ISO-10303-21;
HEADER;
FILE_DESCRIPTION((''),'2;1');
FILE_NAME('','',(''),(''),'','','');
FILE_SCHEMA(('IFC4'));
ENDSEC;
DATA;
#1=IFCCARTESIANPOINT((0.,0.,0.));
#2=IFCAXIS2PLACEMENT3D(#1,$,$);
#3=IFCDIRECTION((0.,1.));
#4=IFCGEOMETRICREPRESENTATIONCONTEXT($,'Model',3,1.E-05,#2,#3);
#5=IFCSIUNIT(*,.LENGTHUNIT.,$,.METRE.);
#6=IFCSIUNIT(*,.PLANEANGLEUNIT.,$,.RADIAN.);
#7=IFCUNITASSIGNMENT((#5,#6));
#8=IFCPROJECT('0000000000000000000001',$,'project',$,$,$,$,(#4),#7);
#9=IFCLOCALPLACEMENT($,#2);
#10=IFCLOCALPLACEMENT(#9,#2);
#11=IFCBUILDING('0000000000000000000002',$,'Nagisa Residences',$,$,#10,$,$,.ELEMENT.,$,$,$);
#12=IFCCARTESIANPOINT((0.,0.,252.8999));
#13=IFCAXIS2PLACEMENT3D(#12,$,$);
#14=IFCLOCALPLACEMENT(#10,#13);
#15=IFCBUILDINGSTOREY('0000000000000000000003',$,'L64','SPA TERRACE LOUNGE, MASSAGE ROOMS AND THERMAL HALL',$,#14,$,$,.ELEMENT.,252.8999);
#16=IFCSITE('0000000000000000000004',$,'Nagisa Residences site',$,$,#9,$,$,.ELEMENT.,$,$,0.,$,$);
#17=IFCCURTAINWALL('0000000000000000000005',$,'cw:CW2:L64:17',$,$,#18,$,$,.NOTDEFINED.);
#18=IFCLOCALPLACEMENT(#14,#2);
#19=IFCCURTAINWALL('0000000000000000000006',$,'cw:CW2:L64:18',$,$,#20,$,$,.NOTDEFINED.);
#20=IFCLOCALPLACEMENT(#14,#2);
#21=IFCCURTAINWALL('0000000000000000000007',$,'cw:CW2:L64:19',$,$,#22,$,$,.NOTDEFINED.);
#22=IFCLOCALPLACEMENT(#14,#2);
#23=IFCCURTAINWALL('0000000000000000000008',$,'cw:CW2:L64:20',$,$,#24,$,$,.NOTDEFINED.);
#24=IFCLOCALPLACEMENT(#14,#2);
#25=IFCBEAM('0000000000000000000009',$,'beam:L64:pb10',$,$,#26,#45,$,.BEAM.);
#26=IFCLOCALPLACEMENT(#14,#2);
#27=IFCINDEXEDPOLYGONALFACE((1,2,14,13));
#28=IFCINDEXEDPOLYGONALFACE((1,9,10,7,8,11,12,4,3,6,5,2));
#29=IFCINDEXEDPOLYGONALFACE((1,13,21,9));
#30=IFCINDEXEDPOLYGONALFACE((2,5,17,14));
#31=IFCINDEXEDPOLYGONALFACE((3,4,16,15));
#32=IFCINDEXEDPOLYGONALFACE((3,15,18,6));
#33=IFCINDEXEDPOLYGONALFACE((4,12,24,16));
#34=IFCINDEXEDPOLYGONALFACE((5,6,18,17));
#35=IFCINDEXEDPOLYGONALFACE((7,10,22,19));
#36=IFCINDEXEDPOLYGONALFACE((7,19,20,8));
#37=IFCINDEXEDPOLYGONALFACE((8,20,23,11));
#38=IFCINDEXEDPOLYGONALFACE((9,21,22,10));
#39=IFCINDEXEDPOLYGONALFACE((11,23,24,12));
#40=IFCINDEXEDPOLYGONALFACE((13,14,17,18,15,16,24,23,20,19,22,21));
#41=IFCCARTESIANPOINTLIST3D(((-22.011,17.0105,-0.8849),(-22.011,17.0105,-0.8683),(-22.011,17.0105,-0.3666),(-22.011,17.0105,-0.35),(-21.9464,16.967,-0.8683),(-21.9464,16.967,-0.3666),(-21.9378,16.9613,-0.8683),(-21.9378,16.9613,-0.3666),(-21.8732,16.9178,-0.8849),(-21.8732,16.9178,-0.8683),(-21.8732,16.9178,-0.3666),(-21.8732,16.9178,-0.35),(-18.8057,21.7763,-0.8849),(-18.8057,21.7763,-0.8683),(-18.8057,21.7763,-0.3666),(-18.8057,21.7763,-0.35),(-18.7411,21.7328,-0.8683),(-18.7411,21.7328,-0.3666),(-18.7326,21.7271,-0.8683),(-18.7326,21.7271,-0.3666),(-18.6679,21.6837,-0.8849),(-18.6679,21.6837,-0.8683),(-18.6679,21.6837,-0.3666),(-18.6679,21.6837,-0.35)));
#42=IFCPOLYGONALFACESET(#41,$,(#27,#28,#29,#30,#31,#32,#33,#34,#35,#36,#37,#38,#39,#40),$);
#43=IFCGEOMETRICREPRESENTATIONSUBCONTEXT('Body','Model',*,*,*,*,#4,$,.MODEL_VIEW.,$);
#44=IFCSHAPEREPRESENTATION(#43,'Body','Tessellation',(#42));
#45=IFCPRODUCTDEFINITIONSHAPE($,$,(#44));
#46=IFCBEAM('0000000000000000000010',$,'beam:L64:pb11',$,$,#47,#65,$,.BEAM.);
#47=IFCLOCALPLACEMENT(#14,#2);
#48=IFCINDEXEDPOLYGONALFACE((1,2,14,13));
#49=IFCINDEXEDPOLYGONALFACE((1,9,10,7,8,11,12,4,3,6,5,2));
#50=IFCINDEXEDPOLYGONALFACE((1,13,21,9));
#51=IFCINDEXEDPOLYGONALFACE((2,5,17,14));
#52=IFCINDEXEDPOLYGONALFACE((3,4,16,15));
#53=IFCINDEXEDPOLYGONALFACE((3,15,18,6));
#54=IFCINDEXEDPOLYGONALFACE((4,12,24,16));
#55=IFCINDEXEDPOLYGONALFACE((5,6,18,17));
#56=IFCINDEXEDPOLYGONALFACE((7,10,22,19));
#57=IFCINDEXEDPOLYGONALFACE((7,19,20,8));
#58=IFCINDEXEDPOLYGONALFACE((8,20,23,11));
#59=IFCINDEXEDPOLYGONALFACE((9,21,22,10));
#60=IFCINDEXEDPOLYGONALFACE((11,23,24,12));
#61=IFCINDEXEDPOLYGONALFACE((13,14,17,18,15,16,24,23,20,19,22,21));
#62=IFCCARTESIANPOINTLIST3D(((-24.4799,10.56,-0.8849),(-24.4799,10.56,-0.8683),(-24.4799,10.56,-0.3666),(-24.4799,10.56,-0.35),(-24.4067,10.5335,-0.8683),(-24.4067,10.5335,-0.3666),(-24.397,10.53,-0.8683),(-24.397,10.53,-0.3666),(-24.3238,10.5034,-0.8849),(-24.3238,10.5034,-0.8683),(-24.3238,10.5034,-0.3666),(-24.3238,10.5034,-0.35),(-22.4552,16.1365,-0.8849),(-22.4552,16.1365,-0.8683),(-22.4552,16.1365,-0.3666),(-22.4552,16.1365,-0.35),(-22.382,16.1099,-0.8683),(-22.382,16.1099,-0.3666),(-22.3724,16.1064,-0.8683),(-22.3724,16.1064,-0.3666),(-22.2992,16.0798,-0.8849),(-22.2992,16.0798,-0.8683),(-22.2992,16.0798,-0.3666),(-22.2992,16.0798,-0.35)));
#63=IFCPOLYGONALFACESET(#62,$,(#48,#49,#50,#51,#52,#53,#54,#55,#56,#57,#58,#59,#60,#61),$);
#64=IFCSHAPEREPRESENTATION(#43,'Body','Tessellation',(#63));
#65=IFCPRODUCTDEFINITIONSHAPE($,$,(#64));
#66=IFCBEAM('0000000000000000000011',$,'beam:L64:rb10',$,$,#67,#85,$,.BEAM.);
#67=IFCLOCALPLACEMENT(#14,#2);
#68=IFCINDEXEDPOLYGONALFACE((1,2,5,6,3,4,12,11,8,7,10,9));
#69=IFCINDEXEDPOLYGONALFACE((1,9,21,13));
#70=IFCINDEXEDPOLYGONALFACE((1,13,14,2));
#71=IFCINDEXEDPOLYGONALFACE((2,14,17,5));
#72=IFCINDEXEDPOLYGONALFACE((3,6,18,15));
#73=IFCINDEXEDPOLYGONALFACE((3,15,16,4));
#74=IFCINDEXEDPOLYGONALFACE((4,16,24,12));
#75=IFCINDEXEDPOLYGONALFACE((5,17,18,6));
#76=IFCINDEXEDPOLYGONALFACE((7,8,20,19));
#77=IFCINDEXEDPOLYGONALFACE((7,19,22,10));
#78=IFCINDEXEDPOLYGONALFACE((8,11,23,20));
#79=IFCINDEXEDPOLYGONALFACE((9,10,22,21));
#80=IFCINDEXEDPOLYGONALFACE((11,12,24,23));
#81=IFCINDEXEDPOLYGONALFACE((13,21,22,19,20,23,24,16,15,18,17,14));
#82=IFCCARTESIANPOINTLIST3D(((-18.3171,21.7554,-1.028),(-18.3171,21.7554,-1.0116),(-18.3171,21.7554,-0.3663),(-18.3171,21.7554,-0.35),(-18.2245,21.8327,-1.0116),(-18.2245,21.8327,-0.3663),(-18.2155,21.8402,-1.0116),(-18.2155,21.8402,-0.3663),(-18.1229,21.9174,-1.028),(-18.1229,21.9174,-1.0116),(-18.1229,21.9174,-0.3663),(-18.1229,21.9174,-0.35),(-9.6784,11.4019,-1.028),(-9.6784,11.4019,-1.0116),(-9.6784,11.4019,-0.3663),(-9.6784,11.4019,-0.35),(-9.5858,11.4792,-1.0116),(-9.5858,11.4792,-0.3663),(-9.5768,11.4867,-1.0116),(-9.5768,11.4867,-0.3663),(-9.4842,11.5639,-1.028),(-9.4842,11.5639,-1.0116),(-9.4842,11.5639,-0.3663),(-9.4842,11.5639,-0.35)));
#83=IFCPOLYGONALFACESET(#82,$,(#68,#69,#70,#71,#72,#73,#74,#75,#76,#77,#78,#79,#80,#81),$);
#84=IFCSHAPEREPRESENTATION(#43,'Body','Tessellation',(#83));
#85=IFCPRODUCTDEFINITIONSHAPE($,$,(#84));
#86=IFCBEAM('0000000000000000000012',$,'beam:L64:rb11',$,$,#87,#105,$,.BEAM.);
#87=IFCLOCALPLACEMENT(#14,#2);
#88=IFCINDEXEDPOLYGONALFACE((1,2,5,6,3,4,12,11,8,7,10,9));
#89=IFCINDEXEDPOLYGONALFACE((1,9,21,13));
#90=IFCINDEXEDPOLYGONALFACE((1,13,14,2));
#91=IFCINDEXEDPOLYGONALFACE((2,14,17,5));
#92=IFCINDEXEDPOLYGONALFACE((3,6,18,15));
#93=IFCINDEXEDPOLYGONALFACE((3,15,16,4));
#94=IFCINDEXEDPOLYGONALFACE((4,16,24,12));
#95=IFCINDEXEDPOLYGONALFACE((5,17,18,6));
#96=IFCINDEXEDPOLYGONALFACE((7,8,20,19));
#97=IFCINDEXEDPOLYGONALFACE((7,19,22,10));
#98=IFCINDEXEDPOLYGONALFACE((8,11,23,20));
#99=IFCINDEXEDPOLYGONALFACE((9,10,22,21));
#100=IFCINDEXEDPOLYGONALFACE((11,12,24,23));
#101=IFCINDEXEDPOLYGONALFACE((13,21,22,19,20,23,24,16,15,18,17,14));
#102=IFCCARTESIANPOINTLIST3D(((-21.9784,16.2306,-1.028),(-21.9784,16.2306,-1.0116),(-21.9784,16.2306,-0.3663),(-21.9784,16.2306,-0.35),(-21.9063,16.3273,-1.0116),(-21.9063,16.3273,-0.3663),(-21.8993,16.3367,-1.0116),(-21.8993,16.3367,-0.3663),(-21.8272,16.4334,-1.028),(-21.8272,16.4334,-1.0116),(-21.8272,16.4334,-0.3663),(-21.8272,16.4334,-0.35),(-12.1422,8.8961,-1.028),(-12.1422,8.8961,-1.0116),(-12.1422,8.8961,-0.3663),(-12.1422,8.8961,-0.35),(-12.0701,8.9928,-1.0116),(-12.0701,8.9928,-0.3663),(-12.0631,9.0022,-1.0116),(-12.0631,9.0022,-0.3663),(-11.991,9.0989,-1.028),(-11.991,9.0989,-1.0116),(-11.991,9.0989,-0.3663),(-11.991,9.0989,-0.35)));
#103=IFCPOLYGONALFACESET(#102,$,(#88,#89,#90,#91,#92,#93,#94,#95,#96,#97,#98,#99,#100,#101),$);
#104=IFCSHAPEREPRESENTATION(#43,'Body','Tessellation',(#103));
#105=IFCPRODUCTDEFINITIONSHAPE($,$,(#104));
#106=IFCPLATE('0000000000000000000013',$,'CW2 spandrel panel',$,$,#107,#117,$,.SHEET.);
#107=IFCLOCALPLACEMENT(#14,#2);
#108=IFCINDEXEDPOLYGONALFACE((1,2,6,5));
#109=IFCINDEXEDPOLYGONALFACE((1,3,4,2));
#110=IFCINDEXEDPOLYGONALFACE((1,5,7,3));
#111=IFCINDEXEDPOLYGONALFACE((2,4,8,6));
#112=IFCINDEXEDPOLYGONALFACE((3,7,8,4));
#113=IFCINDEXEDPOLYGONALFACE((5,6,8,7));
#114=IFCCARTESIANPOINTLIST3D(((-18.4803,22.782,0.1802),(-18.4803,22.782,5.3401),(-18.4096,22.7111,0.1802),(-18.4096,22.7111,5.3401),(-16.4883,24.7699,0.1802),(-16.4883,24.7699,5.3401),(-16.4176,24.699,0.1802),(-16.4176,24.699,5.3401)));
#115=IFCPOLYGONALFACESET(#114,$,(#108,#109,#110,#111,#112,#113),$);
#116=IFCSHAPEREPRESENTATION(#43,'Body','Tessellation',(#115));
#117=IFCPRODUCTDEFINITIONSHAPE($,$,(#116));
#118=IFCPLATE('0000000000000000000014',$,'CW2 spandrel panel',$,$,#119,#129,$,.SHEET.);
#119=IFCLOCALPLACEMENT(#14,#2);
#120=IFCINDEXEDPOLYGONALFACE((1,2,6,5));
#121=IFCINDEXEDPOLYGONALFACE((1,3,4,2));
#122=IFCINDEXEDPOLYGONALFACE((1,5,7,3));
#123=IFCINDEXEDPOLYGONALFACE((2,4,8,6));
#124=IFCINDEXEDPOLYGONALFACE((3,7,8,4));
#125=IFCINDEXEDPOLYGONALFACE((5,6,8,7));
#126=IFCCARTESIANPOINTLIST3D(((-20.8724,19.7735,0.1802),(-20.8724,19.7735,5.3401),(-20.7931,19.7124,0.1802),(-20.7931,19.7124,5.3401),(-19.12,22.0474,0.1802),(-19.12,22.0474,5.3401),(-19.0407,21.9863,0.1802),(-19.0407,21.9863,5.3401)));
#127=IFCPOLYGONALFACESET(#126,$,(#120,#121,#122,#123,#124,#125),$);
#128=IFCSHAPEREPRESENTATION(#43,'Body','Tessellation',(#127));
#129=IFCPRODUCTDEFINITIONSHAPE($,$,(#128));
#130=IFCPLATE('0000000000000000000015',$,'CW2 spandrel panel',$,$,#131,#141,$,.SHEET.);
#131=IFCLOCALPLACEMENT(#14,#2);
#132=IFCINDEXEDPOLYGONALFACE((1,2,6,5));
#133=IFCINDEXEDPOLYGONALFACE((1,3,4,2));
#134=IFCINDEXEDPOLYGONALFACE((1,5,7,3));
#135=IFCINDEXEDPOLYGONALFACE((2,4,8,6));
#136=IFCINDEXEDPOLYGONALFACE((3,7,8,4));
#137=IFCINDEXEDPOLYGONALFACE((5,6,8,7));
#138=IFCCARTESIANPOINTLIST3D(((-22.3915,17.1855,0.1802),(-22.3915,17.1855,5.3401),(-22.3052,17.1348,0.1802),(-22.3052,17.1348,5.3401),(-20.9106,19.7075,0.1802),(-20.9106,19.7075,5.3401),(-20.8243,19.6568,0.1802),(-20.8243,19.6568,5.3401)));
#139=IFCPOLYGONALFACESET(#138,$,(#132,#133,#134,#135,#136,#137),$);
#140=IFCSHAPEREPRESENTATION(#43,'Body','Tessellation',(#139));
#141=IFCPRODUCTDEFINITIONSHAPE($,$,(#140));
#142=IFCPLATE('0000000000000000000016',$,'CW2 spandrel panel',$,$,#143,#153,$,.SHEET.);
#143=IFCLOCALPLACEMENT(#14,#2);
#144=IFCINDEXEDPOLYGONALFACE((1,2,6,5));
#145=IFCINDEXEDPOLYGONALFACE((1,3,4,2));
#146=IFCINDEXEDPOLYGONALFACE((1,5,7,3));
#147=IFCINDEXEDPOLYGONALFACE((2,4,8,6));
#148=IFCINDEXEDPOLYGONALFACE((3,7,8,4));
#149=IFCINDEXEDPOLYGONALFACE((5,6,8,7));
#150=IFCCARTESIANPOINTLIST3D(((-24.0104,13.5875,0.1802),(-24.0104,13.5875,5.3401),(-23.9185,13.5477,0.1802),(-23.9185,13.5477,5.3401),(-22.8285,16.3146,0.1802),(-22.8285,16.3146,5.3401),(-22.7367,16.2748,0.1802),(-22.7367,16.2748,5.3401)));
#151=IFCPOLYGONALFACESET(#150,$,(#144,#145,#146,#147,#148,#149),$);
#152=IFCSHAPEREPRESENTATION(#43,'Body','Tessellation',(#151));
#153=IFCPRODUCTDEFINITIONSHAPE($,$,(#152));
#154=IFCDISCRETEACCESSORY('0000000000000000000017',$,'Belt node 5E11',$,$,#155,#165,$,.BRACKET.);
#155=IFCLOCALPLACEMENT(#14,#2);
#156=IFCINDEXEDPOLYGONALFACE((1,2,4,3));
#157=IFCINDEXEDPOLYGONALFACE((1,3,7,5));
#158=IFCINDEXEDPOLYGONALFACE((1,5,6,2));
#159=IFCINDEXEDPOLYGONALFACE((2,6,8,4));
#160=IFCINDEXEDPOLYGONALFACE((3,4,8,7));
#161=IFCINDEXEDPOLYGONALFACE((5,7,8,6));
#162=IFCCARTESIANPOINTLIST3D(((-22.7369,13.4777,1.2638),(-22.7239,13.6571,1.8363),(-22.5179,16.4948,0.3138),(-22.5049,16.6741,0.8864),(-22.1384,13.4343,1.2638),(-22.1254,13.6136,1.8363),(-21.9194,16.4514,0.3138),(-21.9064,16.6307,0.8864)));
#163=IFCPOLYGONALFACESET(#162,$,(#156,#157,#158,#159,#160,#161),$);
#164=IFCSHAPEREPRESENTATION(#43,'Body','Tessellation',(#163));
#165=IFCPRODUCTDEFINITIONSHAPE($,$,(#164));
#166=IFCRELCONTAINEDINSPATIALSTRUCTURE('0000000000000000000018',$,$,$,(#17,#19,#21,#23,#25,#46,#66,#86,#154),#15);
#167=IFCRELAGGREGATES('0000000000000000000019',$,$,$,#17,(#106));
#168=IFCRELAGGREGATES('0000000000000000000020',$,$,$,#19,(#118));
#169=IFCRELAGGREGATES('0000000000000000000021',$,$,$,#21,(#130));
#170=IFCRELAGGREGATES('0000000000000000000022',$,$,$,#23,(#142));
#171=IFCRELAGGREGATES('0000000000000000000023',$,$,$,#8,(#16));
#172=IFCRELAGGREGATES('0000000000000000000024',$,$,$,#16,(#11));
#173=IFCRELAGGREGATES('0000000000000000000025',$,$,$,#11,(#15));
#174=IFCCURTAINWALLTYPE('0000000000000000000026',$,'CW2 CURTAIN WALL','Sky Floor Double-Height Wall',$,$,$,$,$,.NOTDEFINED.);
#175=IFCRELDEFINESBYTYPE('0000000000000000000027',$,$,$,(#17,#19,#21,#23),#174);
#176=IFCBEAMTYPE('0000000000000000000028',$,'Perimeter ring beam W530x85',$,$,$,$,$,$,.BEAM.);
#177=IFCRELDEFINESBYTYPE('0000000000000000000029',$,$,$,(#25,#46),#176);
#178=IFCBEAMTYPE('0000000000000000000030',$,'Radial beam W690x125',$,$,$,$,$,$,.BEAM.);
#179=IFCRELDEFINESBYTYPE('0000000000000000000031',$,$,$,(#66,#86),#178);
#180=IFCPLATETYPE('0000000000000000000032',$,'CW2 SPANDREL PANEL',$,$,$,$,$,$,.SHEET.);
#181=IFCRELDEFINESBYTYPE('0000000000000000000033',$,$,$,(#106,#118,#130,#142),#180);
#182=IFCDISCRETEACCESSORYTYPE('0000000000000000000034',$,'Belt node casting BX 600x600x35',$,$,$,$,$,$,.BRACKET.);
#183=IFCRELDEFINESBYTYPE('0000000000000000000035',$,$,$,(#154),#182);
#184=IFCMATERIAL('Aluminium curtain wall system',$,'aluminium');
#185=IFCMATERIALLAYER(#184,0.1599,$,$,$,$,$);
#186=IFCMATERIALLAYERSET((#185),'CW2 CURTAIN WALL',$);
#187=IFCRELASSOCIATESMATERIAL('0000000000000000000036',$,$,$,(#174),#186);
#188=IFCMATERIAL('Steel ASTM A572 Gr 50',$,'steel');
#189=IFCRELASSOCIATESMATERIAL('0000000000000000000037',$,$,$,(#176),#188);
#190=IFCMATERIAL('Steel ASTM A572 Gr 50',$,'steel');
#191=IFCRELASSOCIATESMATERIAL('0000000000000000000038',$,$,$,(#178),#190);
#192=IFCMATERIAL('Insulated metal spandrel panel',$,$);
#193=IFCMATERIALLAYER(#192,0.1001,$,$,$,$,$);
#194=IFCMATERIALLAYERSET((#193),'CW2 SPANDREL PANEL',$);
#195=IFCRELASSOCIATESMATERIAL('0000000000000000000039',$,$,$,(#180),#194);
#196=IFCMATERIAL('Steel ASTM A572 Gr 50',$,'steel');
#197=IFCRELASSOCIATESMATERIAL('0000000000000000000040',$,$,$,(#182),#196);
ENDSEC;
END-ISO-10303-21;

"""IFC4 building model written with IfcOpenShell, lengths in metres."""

from ifc_helpers import new_model, si_unit, direction, frame, origin, origin_2d, place, context, subcontext, project, spatial, rectangle, i_section, extrude, material, layer, layer_set, material_profile, profile_set, type_object, element, aggregate, save


model = new_model("IFC4")

# Units and contexts
model_context = context("Model", 3, precision=1e-05, world=origin(), true_north=direction((0.0, 1.0)))
body_context = subcontext(model_context, "Body", "Model", "MODEL_VIEW")
ifc_project = project(units=[si_unit("LENGTHUNIT", "METRE"), si_unit("PLANEANGLEUNIT", "RADIAN")], contexts=[model_context])

# Site, building, storey
site_placement = place(None, origin())
site = spatial("IfcSite", under=ifc_project, at=site_placement, Name="Nagisa Residences site", CompositionType="ELEMENT", RefElevation=0.0)
building_placement = place(site_placement, origin())
building = spatial("IfcBuilding", under=site, at=building_placement, Name="Nagisa Residences", CompositionType="ELEMENT")
storey_placement = place(building_placement, frame((0.0, 0.0, 252.8999)))
storey = spatial("IfcBuildingStorey", under=building, at=storey_placement, Name="L64", Description="SPA TERRACE LOUNGE, MASSAGE ROOMS AND THERMAL HALL", CompositionType="ELEMENT", Elevation=252.8999)

# Curtain walls
ifc_material_1 = material(Name="Aluminium curtain wall system", Category="aluminium")
ifc_layer_1 = layer(ifc_material_1, 0.1599)
ifc_layer_set_1 = layer_set([ifc_layer_1], Name="CW2 CURTAIN WALL")
curtain_wall_type = type_object("IfcCurtainWallType", Name="CW2 CURTAIN WALL", Description="Sky Floor Double-Height Wall", PredefinedType="NOTDEFINED", material=ifc_layer_set_1)
curtain_wall_1_placement = place(storey_placement, origin())
curtain_wall_1 = element("IfcCurtainWall", 1, at=curtain_wall_1_placement, inside=storey, type_object=curtain_wall_type, Name="cw:CW2:L64:17", PredefinedType="NOTDEFINED")
curtain_wall_2_placement = place(storey_placement, origin())
curtain_wall_2 = element("IfcCurtainWall", 2, at=curtain_wall_2_placement, inside=storey, type_object=curtain_wall_type, Name="cw:CW2:L64:18", PredefinedType="NOTDEFINED")
curtain_wall_3_placement = place(storey_placement, origin())
curtain_wall_3 = element("IfcCurtainWall", 3, at=curtain_wall_3_placement, inside=storey, type_object=curtain_wall_type, Name="cw:CW2:L64:19", PredefinedType="NOTDEFINED")
curtain_wall_4_placement = place(storey_placement, origin())
curtain_wall_4 = element("IfcCurtainWall", 4, at=curtain_wall_4_placement, inside=storey, type_object=curtain_wall_type, Name="cw:CW2:L64:20", PredefinedType="NOTDEFINED")

# Beams
ifc_material_2 = material(Name="Steel ASTM A572 Gr 50", Category="steel")
ifc_material_profile_1 = material_profile(ifc_material_2, i_section(OverallWidth=0.166, OverallDepth=0.5349, WebThickness=0.0103, FlangeThickness=0.0166, at=origin_2d()), Name="W530x85")
ifc_profile_set_1 = profile_set([ifc_material_profile_1], Name="Steel ASTM A572 Gr 50")
beam_type_1 = type_object("IfcBeamType", Name="Perimeter ring beam W530x85", PredefinedType="BEAM", material=ifc_profile_set_1)
beam_1_placement = place(storey_placement, frame((-18.7368, 21.73, -0.6174), z_axis=(-0.55808, -0.829787, 0.0), x_axis=(0.829787, -0.55808, 0.0)))
element("IfcBeam", 5, at=beam_1_placement, inside=storey, type_object=beam_type_1, Name="beam:L64:pb10", PredefinedType="BEAM", context=body_context, shape_type="SweptSolid", body=[
    extrude(i_section(OverallWidth=0.166, OverallDepth=0.5349, WebThickness=0.0103, FlangeThickness=0.0166, at=origin_2d()), origin(), (0.0, 0.0, 1.0), 5.7434),
])
beam_2_placement = place(storey_placement, frame((-22.3772, 16.1082, -0.6174), z_axis=(-0.341277, -0.939963, 0.0), x_axis=(0.939963, -0.341277, 0.0)))
element("IfcBeam", 6, at=beam_2_placement, inside=storey, type_object=beam_type_1, Name="beam:L64:pb11", PredefinedType="BEAM", context=body_context, shape_type="SweptSolid", body=[
    extrude(i_section(OverallWidth=0.166, OverallDepth=0.5349, WebThickness=0.0103, FlangeThickness=0.0166, at=origin_2d()), origin(), (0.0, 0.0, 1.0), 5.9326),
])
ifc_material_3 = material(Name="Steel ASTM A572 Gr 50", Category="steel")
ifc_material_profile_2 = material_profile(ifc_material_3, i_section(OverallWidth=0.2529, OverallDepth=0.678, WebThickness=0.0117, FlangeThickness=0.0164, at=origin_2d()), Name="W690x125")
ifc_profile_set_2 = profile_set([ifc_material_profile_2], Name="Steel ASTM A572 Gr 50")
beam_type_2 = type_object("IfcBeamType", Name="Radial beam W690x125", PredefinedType="BEAM", material=ifc_profile_set_2)
beam_3_placement = place(storey_placement, frame((-18.22, 21.8364, -0.689), z_axis=(0.640654, -0.767829, 0.0), x_axis=(0.767829, 0.640654, 0.0)))
element("IfcBeam", 7, at=beam_3_placement, inside=storey, type_object=beam_type_2, Name="beam:L64:rb10", PredefinedType="BEAM", context=body_context, shape_type="SweptSolid", body=[
    extrude(i_section(OverallWidth=0.2529, OverallDepth=0.678, WebThickness=0.0117, FlangeThickness=0.0164, at=origin_2d()), origin(), (0.0, 0.0, 1.0), 13.4841),
])
beam_4_placement = place(storey_placement, frame((-21.9028, 16.332, -0.689), z_axis=(0.801666, -0.597772, 0.0), x_axis=(0.597772, 0.801666, 0.0)))
element("IfcBeam", 8, at=beam_4_placement, inside=storey, type_object=beam_type_2, Name="beam:L64:rb11", PredefinedType="BEAM", context=body_context, shape_type="SweptSolid", body=[
    extrude(i_section(OverallWidth=0.2529, OverallDepth=0.678, WebThickness=0.0117, FlangeThickness=0.0164, at=origin_2d()), origin(), (0.0, 0.0, 1.0), 12.2698),
])

# Plates
ifc_material_4 = material(Name="Insulated metal spandrel panel")
ifc_layer_2 = layer(ifc_material_4, 0.1001)
ifc_layer_set_2 = layer_set([ifc_layer_2], Name="CW2 SPANDREL PANEL")
plate_type = type_object("IfcPlateType", Name="CW2 SPANDREL PANEL", PredefinedType="SHEET", material=ifc_layer_set_2)
plate_1_placement = place(storey_placement, frame((-17.449, 23.7405, 0.1802), z_axis=(0.0, 0.0, 1.0), x_axis=(-0.707836, -0.706377, 0.0)))
plate_1 = element("IfcPlate", 9, at=plate_1_placement, type_object=plate_type, Name="CW2 spandrel panel", PredefinedType="SHEET", context=body_context, shape_type="SweptSolid", body=[
    extrude(rectangle(XDim=2.8142, YDim=0.1001, at=origin_2d()), origin(), (0.0, 0.0, 1.0), 5.1599),
])
aggregate(curtain_wall_1, [plate_1])
plate_2_placement = place(storey_placement, frame((-19.9565, 20.8799, 0.1802), z_axis=(0.0, 0.0, 1.0), x_axis=(-0.61043, -0.79207, 0.0)))
plate_2 = element("IfcPlate", 10, at=plate_2_placement, type_object=plate_type, Name="CW2 spandrel panel", PredefinedType="SHEET", context=body_context, shape_type="SweptSolid", body=[
    extrude(rectangle(XDim=2.8708, YDim=0.1001, at=origin_2d()), origin(), (0.0, 0.0, 1.0), 5.1599),
])
aggregate(curtain_wall_2, [plate_2])
plate_3_placement = place(storey_placement, frame((-21.6079, 18.4211, 0.1802), z_axis=(0.0, 0.0, 1.0), x_axis=(-0.506349, -0.862329, 0.0)))
plate_3 = element("IfcPlate", 11, at=plate_3_placement, type_object=plate_type, Name="CW2 spandrel panel", PredefinedType="SHEET", context=body_context, shape_type="SweptSolid", body=[
    extrude(rectangle(XDim=2.9246, YDim=0.1001, at=origin_2d()), origin(), (0.0, 0.0, 1.0), 5.1599),
])
aggregate(curtain_wall_3, [plate_3])
plate_4_placement = place(storey_placement, frame((-23.3735, 14.9312, 0.1802), z_axis=(0.0, 0.0, 1.0), x_axis=(-0.397636, -0.917543, 0.0)))
plate_4 = element("IfcPlate", 12, at=plate_4_placement, type_object=plate_type, Name="CW2 spandrel panel", PredefinedType="SHEET", context=body_context, shape_type="SweptSolid", body=[
    extrude(rectangle(XDim=2.9722, YDim=0.1001, at=origin_2d()), origin(), (0.0, 0.0, 1.0), 5.1599),
])
aggregate(curtain_wall_4, [plate_4])

# Discrete accessory
ifc_material_5 = material(Name="Steel ASTM A572 Gr 50", Category="steel")
discrete_accessory_type = type_object("IfcDiscreteAccessoryType", Name="Belt node casting BX 600x600x35", PredefinedType="BRACKET", material=ifc_material_5)
discrete_accessory_placement = place(storey_placement, frame((-22.2122, 16.5627, 0.6001), z_axis=(-0.069069, -0.95156, 0.299605), x_axis=(0.997376, -0.072394, 0.0)))
element("IfcDiscreteAccessory", 13, at=discrete_accessory_placement, inside=storey, type_object=discrete_accessory_type, Name="Belt node 5E11", PredefinedType="BRACKET", context=body_context, shape_type="SweptSolid", body=[
    extrude(rectangle(XDim=0.6001, YDim=0.6001, at=origin_2d()), origin(), (0.0, 0.0, 1.0), 3.1707),
])

save(model, "model.ifc")
